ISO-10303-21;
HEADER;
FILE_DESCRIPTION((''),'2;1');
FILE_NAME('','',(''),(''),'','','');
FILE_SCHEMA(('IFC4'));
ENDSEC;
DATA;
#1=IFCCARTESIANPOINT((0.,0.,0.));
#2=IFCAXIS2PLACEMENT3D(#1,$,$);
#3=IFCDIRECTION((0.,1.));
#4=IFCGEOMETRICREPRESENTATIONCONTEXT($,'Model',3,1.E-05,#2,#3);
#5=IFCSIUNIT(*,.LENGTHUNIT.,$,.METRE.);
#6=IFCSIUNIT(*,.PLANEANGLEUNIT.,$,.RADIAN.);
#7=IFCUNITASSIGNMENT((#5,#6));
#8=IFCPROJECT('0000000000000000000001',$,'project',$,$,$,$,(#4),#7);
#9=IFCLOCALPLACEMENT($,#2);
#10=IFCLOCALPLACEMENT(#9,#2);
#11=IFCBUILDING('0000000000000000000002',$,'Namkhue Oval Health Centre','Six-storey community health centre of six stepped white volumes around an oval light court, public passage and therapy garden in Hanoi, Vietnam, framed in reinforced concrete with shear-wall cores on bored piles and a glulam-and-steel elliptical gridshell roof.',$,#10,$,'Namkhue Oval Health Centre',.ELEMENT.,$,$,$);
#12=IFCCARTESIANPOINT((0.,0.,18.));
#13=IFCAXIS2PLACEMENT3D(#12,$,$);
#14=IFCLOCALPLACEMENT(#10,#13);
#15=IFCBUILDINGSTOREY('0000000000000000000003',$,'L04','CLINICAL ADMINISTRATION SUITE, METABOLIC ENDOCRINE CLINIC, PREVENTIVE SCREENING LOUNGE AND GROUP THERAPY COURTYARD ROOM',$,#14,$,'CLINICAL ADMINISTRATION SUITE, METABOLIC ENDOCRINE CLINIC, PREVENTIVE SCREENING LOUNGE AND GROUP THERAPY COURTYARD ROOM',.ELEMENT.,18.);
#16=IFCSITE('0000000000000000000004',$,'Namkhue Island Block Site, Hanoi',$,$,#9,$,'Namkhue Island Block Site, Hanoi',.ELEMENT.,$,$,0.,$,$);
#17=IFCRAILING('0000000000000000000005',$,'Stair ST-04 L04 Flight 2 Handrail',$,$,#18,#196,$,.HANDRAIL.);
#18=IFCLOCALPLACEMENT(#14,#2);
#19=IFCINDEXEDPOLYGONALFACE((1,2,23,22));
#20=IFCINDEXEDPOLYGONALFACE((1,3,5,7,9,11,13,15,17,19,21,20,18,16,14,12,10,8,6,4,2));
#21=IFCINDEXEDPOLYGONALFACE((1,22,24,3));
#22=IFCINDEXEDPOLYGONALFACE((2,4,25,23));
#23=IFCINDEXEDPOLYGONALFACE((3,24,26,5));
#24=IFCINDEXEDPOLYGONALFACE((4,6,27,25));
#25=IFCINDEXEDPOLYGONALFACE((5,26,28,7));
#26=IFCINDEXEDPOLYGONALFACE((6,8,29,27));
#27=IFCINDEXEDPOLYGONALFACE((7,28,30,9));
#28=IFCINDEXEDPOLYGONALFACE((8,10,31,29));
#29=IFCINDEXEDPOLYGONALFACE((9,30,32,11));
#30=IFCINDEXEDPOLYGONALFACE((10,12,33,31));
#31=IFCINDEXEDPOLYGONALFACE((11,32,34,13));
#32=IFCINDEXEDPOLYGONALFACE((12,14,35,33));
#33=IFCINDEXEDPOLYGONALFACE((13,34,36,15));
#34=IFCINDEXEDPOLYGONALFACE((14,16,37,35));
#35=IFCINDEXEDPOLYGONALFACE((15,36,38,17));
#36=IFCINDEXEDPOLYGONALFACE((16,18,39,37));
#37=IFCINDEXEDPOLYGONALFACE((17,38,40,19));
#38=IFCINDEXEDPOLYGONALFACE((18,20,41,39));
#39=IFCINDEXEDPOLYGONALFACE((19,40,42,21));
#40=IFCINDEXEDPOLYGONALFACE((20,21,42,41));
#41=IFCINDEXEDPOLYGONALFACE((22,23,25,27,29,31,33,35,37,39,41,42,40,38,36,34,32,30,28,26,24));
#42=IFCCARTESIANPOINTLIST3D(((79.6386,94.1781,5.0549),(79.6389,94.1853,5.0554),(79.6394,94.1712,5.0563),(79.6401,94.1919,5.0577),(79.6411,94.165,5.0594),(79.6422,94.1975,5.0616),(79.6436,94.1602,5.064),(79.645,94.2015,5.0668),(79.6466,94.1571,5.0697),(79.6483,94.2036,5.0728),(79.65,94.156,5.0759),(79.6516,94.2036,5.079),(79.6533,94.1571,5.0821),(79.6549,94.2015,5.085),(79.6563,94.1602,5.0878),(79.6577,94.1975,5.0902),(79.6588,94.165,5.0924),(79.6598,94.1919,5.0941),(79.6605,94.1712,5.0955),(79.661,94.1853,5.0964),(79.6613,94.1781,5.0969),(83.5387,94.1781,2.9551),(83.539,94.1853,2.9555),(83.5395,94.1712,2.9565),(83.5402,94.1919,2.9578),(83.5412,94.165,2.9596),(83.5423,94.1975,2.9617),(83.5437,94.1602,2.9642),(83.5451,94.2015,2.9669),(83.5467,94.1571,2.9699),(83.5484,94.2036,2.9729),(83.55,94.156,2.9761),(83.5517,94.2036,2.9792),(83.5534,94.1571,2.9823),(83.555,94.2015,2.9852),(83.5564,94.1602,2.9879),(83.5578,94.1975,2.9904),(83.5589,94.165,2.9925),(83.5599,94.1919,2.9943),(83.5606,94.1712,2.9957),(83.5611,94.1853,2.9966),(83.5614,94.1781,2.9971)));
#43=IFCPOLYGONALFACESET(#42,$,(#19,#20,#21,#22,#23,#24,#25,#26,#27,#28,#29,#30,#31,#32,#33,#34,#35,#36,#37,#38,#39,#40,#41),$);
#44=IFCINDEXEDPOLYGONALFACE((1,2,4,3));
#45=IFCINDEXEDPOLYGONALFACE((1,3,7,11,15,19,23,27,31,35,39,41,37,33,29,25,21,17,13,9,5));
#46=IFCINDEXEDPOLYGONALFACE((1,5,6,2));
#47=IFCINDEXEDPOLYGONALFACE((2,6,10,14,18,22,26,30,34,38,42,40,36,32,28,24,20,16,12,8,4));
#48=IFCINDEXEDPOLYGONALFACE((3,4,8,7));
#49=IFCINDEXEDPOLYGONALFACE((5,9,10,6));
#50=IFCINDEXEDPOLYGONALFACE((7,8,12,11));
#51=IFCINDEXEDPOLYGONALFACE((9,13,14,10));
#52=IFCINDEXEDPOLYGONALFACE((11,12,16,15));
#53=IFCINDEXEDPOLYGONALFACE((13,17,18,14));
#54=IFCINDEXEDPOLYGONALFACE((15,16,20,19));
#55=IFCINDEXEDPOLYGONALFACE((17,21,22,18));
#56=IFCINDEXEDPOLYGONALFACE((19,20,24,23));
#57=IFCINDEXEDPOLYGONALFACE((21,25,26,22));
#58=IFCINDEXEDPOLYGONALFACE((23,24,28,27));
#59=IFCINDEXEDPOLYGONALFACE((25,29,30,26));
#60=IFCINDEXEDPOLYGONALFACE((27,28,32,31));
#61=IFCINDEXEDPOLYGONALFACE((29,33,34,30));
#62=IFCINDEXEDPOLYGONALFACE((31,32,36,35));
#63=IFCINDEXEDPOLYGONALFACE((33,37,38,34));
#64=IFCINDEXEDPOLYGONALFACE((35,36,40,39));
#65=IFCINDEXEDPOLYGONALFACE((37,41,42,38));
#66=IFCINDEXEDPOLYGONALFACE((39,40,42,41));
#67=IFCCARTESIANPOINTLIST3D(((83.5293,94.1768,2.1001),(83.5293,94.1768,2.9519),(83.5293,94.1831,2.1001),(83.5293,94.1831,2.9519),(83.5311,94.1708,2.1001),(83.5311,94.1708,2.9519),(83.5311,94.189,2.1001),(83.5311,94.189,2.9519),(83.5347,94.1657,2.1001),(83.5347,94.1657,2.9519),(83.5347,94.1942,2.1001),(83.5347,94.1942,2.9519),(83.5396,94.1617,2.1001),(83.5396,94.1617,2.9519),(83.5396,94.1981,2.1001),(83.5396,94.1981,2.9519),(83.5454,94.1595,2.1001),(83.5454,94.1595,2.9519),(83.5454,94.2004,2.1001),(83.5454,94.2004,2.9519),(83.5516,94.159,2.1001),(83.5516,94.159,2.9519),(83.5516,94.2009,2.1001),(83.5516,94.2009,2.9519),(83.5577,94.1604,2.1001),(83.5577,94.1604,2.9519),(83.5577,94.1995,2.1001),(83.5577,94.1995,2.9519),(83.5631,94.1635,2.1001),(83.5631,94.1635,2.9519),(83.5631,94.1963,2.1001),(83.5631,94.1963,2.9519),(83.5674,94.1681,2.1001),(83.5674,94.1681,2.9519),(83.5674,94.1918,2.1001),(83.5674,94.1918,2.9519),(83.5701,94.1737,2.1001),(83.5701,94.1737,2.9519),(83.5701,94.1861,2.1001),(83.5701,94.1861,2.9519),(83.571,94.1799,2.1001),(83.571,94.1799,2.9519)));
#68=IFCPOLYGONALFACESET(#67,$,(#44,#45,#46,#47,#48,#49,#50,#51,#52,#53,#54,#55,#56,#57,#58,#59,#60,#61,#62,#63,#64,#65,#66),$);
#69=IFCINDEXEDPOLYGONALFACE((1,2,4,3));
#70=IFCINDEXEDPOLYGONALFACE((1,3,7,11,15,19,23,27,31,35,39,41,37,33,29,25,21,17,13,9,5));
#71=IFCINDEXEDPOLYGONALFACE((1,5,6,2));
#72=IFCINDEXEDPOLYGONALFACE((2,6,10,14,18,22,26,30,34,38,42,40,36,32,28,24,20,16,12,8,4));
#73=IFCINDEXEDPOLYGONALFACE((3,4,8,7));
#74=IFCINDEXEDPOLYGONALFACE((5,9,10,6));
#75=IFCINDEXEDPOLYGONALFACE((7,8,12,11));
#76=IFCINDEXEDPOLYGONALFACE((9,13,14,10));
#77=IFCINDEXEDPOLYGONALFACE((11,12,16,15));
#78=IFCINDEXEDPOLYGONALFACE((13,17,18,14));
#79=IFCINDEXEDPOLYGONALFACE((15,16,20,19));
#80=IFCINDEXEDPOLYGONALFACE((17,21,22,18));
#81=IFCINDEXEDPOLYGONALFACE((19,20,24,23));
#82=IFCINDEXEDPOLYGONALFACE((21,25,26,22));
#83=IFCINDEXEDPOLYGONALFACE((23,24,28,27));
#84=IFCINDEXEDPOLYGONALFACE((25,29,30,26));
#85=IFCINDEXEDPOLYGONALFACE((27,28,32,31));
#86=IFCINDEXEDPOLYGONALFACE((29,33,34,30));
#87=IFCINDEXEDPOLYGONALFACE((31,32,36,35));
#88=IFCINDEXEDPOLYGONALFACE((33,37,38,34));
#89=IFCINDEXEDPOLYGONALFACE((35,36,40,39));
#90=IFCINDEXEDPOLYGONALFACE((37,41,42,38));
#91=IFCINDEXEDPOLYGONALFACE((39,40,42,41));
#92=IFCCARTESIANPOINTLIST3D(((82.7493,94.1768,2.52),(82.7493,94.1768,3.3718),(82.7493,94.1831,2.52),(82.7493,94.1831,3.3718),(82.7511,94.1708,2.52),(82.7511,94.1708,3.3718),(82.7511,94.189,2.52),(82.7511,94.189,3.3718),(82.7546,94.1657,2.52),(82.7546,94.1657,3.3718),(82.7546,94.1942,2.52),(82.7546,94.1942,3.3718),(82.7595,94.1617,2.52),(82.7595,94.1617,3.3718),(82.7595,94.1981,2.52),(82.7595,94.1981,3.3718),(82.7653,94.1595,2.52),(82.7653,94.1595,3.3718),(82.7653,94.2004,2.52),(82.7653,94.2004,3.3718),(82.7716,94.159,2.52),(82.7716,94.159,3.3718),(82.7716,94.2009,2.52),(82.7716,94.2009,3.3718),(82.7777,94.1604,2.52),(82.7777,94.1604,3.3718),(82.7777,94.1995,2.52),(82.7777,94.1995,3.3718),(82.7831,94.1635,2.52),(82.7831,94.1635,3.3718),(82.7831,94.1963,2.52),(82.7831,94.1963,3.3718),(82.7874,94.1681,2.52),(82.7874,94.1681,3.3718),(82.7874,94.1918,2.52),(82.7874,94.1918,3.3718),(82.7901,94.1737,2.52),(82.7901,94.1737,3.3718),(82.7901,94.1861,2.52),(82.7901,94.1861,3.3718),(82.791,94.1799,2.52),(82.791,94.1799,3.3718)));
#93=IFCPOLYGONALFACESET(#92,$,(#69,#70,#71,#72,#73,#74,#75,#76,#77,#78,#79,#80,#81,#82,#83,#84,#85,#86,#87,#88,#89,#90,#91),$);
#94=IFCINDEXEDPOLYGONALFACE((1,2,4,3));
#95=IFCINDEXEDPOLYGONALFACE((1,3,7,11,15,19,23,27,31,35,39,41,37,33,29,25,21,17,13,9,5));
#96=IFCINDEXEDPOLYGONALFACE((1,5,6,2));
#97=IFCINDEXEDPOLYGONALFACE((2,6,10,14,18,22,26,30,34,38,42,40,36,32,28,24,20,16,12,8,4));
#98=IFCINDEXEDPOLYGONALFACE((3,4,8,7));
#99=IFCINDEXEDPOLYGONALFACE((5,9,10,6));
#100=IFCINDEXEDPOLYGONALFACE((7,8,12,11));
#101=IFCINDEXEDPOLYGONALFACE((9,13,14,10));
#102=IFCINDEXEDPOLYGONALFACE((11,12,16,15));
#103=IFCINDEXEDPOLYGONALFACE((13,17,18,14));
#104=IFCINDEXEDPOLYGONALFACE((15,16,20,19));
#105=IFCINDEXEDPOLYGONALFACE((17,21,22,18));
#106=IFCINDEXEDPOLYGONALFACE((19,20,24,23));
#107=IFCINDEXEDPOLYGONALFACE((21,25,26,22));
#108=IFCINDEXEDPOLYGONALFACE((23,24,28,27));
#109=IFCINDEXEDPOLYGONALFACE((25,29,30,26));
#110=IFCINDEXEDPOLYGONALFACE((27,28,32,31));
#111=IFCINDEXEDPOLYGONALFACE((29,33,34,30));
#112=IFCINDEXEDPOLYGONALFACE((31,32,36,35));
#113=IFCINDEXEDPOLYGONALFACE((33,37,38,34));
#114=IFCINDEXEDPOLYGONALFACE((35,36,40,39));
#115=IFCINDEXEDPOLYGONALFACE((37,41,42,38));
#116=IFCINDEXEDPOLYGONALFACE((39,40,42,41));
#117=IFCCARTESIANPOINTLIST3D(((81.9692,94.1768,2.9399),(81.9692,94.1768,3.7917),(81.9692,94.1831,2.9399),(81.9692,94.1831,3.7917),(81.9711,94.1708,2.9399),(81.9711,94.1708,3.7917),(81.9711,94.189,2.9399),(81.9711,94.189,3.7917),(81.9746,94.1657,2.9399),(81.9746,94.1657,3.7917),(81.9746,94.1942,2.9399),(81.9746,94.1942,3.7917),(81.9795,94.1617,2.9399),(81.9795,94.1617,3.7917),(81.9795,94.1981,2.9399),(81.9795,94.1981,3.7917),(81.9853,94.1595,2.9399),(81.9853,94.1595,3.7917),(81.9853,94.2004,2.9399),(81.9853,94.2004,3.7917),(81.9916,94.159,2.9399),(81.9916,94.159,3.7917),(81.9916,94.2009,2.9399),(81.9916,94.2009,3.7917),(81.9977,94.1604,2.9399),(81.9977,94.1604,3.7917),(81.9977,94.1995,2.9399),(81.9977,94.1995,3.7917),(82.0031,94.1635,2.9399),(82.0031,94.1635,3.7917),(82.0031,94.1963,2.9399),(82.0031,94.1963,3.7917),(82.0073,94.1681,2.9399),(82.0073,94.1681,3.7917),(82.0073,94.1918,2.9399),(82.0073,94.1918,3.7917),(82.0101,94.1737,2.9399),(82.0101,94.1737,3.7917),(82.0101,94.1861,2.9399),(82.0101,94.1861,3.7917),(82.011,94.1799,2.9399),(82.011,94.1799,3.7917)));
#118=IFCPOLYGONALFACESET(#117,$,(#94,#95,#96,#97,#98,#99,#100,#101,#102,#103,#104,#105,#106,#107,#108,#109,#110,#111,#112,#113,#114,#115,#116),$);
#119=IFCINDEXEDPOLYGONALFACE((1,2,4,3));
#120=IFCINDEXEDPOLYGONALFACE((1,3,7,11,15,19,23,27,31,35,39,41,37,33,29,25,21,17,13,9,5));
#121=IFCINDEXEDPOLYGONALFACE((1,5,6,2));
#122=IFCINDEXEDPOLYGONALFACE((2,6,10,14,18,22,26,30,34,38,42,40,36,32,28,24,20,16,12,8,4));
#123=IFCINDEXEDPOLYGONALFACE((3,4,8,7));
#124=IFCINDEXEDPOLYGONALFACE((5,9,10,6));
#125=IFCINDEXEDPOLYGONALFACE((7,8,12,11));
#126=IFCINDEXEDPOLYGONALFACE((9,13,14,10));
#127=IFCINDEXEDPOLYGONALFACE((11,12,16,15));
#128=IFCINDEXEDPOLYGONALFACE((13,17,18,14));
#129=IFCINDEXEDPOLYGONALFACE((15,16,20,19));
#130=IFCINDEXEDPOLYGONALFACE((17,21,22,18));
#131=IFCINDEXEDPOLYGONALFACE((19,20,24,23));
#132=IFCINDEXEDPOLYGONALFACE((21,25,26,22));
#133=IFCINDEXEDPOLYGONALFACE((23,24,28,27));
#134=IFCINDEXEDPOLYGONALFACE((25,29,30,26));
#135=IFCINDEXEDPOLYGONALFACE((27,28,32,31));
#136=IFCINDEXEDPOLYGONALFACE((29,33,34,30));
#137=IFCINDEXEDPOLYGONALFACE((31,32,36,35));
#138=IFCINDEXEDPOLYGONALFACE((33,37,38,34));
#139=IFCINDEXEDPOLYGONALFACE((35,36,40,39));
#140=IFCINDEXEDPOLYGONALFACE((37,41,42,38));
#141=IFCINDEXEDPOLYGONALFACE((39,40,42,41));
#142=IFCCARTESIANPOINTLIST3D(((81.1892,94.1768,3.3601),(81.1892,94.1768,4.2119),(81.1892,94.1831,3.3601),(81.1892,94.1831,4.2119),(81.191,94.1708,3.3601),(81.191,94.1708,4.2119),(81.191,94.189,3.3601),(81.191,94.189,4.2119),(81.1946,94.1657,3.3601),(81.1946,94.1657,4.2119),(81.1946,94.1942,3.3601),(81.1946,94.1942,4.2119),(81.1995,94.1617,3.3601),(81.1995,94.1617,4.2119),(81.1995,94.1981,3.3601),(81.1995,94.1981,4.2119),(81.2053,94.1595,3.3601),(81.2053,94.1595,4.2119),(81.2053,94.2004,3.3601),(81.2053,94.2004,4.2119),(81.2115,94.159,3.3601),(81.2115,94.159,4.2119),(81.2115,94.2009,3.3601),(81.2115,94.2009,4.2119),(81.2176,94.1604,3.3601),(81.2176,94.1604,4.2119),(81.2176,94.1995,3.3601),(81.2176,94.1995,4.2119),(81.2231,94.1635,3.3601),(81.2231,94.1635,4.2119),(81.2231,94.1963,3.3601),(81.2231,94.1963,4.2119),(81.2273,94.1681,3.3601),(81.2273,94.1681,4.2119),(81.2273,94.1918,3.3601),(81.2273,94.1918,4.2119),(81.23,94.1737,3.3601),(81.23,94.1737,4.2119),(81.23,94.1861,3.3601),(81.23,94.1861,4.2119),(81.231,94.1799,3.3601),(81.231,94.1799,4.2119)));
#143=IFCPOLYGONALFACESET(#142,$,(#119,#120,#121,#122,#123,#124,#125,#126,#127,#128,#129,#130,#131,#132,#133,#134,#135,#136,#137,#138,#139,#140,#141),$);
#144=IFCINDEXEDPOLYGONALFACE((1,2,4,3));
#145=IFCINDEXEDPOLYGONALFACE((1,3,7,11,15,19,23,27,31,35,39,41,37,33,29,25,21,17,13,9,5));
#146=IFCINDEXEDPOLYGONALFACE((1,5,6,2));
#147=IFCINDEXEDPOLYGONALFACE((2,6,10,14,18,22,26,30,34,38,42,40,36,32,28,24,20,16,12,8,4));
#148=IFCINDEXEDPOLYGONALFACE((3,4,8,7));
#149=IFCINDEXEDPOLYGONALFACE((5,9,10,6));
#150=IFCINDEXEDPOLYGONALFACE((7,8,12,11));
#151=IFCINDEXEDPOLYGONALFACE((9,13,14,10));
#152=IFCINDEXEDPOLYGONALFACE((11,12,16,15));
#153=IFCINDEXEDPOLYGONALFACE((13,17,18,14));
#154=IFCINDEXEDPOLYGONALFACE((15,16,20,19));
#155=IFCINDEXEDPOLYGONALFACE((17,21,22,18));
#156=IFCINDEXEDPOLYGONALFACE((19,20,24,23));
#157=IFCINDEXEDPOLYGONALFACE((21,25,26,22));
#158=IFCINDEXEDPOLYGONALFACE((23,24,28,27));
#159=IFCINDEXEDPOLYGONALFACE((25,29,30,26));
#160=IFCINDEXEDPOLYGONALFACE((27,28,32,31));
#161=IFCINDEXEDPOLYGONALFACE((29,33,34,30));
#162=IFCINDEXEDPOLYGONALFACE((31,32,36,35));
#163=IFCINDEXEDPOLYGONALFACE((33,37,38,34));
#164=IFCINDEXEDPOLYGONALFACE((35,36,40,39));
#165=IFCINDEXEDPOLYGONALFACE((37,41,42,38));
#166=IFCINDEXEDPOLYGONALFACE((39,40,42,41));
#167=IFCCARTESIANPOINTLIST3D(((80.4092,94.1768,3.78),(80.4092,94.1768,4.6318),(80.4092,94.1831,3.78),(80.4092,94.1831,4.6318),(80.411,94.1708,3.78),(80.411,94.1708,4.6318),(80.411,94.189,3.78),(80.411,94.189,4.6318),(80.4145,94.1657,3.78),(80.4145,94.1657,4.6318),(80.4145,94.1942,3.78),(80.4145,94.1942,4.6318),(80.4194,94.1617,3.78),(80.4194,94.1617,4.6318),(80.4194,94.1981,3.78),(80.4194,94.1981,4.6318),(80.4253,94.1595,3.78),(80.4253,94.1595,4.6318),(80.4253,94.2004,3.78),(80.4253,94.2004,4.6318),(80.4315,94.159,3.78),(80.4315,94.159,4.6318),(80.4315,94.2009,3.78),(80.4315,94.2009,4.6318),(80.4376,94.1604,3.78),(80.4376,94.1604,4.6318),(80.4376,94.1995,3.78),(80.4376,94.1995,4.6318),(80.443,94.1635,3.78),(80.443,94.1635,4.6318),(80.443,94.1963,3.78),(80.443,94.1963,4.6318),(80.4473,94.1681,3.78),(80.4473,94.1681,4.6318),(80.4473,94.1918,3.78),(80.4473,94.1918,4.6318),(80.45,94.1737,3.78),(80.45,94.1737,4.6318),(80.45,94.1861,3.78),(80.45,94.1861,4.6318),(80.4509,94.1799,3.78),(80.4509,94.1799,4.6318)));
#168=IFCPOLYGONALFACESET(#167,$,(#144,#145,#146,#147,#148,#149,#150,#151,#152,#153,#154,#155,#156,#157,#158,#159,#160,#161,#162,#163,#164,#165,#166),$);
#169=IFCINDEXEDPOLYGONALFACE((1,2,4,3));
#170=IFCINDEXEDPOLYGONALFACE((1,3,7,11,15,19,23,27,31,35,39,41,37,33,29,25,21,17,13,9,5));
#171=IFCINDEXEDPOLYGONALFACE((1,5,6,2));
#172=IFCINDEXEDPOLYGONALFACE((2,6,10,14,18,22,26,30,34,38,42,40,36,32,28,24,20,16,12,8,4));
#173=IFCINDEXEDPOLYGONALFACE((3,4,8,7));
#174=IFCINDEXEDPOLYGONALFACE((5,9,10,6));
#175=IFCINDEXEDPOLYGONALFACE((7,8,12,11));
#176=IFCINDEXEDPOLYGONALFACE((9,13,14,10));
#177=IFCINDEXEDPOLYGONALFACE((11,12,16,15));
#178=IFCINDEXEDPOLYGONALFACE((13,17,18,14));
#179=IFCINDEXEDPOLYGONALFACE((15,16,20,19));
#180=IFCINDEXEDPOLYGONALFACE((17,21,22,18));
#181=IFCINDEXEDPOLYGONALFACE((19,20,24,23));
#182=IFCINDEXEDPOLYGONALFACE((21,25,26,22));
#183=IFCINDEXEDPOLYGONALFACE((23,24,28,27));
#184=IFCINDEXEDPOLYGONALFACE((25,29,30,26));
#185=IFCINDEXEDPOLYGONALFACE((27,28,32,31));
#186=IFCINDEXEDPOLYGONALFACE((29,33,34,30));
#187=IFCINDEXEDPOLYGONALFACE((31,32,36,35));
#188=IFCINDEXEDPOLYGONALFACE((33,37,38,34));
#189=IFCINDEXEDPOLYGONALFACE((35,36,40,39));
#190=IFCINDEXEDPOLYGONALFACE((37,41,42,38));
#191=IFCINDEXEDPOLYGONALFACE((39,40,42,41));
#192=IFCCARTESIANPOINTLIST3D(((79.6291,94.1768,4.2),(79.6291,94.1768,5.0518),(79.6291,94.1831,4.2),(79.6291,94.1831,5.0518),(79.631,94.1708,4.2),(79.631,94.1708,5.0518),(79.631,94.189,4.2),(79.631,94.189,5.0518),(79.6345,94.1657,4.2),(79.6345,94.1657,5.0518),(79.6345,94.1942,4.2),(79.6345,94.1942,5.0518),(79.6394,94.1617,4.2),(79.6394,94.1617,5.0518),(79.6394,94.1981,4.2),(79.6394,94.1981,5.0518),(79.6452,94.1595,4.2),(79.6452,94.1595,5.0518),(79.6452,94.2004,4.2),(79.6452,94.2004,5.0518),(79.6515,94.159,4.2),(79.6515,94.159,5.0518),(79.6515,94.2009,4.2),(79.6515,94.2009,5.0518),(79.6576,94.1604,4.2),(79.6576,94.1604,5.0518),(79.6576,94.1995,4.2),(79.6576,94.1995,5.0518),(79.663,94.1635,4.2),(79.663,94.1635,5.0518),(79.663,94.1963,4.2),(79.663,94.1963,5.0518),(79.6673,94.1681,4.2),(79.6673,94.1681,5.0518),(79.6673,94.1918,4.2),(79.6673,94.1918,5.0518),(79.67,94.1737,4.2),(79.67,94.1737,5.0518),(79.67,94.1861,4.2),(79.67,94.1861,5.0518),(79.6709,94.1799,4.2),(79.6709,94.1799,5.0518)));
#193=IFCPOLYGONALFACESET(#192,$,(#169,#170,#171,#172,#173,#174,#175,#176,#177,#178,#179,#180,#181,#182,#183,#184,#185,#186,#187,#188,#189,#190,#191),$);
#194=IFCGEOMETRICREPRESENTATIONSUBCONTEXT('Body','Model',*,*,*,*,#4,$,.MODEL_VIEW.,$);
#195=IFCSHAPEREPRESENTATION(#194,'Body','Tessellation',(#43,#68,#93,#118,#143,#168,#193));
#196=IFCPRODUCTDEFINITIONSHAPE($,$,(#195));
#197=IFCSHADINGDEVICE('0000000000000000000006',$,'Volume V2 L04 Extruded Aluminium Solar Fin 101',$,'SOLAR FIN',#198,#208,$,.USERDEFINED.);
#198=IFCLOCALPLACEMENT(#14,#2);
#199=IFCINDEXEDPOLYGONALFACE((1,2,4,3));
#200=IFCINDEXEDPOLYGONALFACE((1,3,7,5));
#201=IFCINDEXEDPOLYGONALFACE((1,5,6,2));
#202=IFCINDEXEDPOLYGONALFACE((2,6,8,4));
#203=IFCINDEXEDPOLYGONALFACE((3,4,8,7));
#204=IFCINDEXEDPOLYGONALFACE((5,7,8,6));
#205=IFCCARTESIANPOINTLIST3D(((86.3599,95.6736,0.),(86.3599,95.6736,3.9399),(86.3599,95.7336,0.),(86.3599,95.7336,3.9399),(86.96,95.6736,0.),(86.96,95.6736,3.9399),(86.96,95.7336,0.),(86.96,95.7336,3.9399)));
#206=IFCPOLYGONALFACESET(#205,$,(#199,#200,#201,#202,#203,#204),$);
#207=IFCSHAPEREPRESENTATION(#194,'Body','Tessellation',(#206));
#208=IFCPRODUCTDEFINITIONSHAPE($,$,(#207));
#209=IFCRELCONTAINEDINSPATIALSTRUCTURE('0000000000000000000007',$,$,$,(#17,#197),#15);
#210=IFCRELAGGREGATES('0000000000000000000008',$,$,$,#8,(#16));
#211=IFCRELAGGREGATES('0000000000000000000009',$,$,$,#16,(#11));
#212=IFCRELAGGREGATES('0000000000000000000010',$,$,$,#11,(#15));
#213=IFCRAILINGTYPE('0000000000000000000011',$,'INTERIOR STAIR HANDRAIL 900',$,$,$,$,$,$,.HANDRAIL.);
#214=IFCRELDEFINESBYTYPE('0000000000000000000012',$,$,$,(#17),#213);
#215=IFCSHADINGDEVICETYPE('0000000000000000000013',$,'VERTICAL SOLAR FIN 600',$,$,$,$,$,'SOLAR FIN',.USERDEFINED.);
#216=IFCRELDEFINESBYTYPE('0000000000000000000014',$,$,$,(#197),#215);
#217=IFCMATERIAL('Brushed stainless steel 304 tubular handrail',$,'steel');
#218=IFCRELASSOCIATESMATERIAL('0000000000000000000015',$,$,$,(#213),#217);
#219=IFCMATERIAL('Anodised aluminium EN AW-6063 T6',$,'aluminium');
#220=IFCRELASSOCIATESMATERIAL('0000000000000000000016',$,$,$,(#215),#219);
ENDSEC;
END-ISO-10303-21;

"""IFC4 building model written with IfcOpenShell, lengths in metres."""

from ifc_helpers import new_model, si_unit, direction, frame, origin, origin_2d, place, context, subcontext, project, spatial, rectangle, circle, extrude, material, type_object, element, save


model = new_model("IFC4")

# Units and contexts
model_context = context("Model", 3, precision=1e-05, world=origin(), true_north=direction((0.0, 1.0)))
body_context = subcontext(model_context, "Body", "Model", "MODEL_VIEW")
ifc_project = project(units=[si_unit("LENGTHUNIT", "METRE"), si_unit("PLANEANGLEUNIT", "RADIAN")], contexts=[model_context])

# Site, building, storey
site_placement = place(None, origin())
site = spatial("IfcSite", under=ifc_project, at=site_placement, Name="Namkhue Island Block Site, Hanoi", LongName="Namkhue Island Block Site, Hanoi", CompositionType="ELEMENT", RefElevation=0.0)
building_placement = place(site_placement, origin())
building = spatial("IfcBuilding", under=site, at=building_placement, Name="Namkhue Oval Health Centre", Description="Six-storey community health centre of six stepped white volumes around an oval light court, public passage and therapy garden in Hanoi, Vietnam, framed in reinforced concrete with shear-wall cores on bored piles and a glulam-and-steel elliptical gridshell roof.", LongName="Namkhue Oval Health Centre", CompositionType="ELEMENT")
storey_placement = place(building_placement, frame((0.0, 0.0, 18.0)))
storey = spatial("IfcBuildingStorey", under=building, at=storey_placement, Name="L04", Description="CLINICAL ADMINISTRATION SUITE, METABOLIC ENDOCRINE CLINIC, PREVENTIVE SCREENING LOUNGE AND GROUP THERAPY COURTYARD ROOM", LongName="CLINICAL ADMINISTRATION SUITE, METABOLIC ENDOCRINE CLINIC, PREVENTIVE SCREENING LOUNGE AND GROUP THERAPY COURTYARD ROOM", CompositionType="ELEMENT", Elevation=18.0)

# Shared definitions
ifc_material_1 = material(Name="Anodised aluminium EN AW-6063 T6", Category="aluminium")

# Railing
ifc_material_2 = material(Name="Brushed stainless steel 304 tubular handrail", Category="steel")
railing_type_1 = type_object("IfcRailingType", Name="INTERIOR STAIR HANDRAIL 900", PredefinedType="HANDRAIL", material=ifc_material_2)
railing_1_placement = place(storey_placement, frame((83.55, 94.1799, 2.1001)))
element("IfcRailing", 1, at=railing_1_placement, inside=storey, type_object=railing_type_1, Name="Stair ST-04 L04 Flight 2 Handrail", PredefinedType="HANDRAIL", context=body_context, shape_type="SweptSolid", body=[
    extrude(circle(Radius=0.0239, at=origin_2d()), frame((0.0, 0.0, 0.876), z_axis=(-0.880492, 0.0, 0.47406), x_axis=(0.0, -1.0, 0.0)), (0.0, 0.0, 1.0), 4.4294),
    extrude(circle(Radius=0.021, at=origin_2d()), origin(), (0.0, 0.0, 1.0), 0.8518),
    extrude(circle(Radius=0.021, at=origin_2d()), frame((-0.78, 0.0, 0.4199)), (0.0, 0.0, 1.0), 0.8518),
    extrude(circle(Radius=0.021, at=origin_2d()), frame((-1.5601, 0.0, 0.8398)), (0.0, 0.0, 1.0), 0.8518),
    extrude(circle(Radius=0.021, at=origin_2d()), frame((-2.3401, 0.0, 1.26)), (0.0, 0.0, 1.0), 0.8518),
    extrude(circle(Radius=0.021, at=origin_2d()), frame((-3.1201, 0.0, 1.6799)), (0.0, 0.0, 1.0), 0.8518),
    extrude(circle(Radius=0.021, at=origin_2d()), frame((-3.9001, 0.0, 2.0999)), (0.0, 0.0, 1.0), 0.8518),
])

# Shading device
shading_device_type = type_object("IfcShadingDeviceType", Name="VERTICAL SOLAR FIN 600", ElementType="SOLAR FIN", PredefinedType="USERDEFINED", material=ifc_material_1)
shading_device_placement = place(storey_placement, frame((86.6599, 95.7036, 0.0), z_axis=(0.0, 0.0, 1.0), x_axis=(1.0, 0.0, 0.0)))
element("IfcShadingDevice", 2, at=shading_device_placement, inside=storey, type_object=shading_device_type, Name="Volume V2 L04 Extruded Aluminium Solar Fin 101", ObjectType="SOLAR FIN", PredefinedType="USERDEFINED", context=body_context, shape_type="SweptSolid", body=[
    extrude(rectangle(XDim=0.6001, YDim=0.0601, at=origin_2d()), origin(), (0.0, 0.0, 1.0), 3.9399),
])

save(model, "model.ifc")
